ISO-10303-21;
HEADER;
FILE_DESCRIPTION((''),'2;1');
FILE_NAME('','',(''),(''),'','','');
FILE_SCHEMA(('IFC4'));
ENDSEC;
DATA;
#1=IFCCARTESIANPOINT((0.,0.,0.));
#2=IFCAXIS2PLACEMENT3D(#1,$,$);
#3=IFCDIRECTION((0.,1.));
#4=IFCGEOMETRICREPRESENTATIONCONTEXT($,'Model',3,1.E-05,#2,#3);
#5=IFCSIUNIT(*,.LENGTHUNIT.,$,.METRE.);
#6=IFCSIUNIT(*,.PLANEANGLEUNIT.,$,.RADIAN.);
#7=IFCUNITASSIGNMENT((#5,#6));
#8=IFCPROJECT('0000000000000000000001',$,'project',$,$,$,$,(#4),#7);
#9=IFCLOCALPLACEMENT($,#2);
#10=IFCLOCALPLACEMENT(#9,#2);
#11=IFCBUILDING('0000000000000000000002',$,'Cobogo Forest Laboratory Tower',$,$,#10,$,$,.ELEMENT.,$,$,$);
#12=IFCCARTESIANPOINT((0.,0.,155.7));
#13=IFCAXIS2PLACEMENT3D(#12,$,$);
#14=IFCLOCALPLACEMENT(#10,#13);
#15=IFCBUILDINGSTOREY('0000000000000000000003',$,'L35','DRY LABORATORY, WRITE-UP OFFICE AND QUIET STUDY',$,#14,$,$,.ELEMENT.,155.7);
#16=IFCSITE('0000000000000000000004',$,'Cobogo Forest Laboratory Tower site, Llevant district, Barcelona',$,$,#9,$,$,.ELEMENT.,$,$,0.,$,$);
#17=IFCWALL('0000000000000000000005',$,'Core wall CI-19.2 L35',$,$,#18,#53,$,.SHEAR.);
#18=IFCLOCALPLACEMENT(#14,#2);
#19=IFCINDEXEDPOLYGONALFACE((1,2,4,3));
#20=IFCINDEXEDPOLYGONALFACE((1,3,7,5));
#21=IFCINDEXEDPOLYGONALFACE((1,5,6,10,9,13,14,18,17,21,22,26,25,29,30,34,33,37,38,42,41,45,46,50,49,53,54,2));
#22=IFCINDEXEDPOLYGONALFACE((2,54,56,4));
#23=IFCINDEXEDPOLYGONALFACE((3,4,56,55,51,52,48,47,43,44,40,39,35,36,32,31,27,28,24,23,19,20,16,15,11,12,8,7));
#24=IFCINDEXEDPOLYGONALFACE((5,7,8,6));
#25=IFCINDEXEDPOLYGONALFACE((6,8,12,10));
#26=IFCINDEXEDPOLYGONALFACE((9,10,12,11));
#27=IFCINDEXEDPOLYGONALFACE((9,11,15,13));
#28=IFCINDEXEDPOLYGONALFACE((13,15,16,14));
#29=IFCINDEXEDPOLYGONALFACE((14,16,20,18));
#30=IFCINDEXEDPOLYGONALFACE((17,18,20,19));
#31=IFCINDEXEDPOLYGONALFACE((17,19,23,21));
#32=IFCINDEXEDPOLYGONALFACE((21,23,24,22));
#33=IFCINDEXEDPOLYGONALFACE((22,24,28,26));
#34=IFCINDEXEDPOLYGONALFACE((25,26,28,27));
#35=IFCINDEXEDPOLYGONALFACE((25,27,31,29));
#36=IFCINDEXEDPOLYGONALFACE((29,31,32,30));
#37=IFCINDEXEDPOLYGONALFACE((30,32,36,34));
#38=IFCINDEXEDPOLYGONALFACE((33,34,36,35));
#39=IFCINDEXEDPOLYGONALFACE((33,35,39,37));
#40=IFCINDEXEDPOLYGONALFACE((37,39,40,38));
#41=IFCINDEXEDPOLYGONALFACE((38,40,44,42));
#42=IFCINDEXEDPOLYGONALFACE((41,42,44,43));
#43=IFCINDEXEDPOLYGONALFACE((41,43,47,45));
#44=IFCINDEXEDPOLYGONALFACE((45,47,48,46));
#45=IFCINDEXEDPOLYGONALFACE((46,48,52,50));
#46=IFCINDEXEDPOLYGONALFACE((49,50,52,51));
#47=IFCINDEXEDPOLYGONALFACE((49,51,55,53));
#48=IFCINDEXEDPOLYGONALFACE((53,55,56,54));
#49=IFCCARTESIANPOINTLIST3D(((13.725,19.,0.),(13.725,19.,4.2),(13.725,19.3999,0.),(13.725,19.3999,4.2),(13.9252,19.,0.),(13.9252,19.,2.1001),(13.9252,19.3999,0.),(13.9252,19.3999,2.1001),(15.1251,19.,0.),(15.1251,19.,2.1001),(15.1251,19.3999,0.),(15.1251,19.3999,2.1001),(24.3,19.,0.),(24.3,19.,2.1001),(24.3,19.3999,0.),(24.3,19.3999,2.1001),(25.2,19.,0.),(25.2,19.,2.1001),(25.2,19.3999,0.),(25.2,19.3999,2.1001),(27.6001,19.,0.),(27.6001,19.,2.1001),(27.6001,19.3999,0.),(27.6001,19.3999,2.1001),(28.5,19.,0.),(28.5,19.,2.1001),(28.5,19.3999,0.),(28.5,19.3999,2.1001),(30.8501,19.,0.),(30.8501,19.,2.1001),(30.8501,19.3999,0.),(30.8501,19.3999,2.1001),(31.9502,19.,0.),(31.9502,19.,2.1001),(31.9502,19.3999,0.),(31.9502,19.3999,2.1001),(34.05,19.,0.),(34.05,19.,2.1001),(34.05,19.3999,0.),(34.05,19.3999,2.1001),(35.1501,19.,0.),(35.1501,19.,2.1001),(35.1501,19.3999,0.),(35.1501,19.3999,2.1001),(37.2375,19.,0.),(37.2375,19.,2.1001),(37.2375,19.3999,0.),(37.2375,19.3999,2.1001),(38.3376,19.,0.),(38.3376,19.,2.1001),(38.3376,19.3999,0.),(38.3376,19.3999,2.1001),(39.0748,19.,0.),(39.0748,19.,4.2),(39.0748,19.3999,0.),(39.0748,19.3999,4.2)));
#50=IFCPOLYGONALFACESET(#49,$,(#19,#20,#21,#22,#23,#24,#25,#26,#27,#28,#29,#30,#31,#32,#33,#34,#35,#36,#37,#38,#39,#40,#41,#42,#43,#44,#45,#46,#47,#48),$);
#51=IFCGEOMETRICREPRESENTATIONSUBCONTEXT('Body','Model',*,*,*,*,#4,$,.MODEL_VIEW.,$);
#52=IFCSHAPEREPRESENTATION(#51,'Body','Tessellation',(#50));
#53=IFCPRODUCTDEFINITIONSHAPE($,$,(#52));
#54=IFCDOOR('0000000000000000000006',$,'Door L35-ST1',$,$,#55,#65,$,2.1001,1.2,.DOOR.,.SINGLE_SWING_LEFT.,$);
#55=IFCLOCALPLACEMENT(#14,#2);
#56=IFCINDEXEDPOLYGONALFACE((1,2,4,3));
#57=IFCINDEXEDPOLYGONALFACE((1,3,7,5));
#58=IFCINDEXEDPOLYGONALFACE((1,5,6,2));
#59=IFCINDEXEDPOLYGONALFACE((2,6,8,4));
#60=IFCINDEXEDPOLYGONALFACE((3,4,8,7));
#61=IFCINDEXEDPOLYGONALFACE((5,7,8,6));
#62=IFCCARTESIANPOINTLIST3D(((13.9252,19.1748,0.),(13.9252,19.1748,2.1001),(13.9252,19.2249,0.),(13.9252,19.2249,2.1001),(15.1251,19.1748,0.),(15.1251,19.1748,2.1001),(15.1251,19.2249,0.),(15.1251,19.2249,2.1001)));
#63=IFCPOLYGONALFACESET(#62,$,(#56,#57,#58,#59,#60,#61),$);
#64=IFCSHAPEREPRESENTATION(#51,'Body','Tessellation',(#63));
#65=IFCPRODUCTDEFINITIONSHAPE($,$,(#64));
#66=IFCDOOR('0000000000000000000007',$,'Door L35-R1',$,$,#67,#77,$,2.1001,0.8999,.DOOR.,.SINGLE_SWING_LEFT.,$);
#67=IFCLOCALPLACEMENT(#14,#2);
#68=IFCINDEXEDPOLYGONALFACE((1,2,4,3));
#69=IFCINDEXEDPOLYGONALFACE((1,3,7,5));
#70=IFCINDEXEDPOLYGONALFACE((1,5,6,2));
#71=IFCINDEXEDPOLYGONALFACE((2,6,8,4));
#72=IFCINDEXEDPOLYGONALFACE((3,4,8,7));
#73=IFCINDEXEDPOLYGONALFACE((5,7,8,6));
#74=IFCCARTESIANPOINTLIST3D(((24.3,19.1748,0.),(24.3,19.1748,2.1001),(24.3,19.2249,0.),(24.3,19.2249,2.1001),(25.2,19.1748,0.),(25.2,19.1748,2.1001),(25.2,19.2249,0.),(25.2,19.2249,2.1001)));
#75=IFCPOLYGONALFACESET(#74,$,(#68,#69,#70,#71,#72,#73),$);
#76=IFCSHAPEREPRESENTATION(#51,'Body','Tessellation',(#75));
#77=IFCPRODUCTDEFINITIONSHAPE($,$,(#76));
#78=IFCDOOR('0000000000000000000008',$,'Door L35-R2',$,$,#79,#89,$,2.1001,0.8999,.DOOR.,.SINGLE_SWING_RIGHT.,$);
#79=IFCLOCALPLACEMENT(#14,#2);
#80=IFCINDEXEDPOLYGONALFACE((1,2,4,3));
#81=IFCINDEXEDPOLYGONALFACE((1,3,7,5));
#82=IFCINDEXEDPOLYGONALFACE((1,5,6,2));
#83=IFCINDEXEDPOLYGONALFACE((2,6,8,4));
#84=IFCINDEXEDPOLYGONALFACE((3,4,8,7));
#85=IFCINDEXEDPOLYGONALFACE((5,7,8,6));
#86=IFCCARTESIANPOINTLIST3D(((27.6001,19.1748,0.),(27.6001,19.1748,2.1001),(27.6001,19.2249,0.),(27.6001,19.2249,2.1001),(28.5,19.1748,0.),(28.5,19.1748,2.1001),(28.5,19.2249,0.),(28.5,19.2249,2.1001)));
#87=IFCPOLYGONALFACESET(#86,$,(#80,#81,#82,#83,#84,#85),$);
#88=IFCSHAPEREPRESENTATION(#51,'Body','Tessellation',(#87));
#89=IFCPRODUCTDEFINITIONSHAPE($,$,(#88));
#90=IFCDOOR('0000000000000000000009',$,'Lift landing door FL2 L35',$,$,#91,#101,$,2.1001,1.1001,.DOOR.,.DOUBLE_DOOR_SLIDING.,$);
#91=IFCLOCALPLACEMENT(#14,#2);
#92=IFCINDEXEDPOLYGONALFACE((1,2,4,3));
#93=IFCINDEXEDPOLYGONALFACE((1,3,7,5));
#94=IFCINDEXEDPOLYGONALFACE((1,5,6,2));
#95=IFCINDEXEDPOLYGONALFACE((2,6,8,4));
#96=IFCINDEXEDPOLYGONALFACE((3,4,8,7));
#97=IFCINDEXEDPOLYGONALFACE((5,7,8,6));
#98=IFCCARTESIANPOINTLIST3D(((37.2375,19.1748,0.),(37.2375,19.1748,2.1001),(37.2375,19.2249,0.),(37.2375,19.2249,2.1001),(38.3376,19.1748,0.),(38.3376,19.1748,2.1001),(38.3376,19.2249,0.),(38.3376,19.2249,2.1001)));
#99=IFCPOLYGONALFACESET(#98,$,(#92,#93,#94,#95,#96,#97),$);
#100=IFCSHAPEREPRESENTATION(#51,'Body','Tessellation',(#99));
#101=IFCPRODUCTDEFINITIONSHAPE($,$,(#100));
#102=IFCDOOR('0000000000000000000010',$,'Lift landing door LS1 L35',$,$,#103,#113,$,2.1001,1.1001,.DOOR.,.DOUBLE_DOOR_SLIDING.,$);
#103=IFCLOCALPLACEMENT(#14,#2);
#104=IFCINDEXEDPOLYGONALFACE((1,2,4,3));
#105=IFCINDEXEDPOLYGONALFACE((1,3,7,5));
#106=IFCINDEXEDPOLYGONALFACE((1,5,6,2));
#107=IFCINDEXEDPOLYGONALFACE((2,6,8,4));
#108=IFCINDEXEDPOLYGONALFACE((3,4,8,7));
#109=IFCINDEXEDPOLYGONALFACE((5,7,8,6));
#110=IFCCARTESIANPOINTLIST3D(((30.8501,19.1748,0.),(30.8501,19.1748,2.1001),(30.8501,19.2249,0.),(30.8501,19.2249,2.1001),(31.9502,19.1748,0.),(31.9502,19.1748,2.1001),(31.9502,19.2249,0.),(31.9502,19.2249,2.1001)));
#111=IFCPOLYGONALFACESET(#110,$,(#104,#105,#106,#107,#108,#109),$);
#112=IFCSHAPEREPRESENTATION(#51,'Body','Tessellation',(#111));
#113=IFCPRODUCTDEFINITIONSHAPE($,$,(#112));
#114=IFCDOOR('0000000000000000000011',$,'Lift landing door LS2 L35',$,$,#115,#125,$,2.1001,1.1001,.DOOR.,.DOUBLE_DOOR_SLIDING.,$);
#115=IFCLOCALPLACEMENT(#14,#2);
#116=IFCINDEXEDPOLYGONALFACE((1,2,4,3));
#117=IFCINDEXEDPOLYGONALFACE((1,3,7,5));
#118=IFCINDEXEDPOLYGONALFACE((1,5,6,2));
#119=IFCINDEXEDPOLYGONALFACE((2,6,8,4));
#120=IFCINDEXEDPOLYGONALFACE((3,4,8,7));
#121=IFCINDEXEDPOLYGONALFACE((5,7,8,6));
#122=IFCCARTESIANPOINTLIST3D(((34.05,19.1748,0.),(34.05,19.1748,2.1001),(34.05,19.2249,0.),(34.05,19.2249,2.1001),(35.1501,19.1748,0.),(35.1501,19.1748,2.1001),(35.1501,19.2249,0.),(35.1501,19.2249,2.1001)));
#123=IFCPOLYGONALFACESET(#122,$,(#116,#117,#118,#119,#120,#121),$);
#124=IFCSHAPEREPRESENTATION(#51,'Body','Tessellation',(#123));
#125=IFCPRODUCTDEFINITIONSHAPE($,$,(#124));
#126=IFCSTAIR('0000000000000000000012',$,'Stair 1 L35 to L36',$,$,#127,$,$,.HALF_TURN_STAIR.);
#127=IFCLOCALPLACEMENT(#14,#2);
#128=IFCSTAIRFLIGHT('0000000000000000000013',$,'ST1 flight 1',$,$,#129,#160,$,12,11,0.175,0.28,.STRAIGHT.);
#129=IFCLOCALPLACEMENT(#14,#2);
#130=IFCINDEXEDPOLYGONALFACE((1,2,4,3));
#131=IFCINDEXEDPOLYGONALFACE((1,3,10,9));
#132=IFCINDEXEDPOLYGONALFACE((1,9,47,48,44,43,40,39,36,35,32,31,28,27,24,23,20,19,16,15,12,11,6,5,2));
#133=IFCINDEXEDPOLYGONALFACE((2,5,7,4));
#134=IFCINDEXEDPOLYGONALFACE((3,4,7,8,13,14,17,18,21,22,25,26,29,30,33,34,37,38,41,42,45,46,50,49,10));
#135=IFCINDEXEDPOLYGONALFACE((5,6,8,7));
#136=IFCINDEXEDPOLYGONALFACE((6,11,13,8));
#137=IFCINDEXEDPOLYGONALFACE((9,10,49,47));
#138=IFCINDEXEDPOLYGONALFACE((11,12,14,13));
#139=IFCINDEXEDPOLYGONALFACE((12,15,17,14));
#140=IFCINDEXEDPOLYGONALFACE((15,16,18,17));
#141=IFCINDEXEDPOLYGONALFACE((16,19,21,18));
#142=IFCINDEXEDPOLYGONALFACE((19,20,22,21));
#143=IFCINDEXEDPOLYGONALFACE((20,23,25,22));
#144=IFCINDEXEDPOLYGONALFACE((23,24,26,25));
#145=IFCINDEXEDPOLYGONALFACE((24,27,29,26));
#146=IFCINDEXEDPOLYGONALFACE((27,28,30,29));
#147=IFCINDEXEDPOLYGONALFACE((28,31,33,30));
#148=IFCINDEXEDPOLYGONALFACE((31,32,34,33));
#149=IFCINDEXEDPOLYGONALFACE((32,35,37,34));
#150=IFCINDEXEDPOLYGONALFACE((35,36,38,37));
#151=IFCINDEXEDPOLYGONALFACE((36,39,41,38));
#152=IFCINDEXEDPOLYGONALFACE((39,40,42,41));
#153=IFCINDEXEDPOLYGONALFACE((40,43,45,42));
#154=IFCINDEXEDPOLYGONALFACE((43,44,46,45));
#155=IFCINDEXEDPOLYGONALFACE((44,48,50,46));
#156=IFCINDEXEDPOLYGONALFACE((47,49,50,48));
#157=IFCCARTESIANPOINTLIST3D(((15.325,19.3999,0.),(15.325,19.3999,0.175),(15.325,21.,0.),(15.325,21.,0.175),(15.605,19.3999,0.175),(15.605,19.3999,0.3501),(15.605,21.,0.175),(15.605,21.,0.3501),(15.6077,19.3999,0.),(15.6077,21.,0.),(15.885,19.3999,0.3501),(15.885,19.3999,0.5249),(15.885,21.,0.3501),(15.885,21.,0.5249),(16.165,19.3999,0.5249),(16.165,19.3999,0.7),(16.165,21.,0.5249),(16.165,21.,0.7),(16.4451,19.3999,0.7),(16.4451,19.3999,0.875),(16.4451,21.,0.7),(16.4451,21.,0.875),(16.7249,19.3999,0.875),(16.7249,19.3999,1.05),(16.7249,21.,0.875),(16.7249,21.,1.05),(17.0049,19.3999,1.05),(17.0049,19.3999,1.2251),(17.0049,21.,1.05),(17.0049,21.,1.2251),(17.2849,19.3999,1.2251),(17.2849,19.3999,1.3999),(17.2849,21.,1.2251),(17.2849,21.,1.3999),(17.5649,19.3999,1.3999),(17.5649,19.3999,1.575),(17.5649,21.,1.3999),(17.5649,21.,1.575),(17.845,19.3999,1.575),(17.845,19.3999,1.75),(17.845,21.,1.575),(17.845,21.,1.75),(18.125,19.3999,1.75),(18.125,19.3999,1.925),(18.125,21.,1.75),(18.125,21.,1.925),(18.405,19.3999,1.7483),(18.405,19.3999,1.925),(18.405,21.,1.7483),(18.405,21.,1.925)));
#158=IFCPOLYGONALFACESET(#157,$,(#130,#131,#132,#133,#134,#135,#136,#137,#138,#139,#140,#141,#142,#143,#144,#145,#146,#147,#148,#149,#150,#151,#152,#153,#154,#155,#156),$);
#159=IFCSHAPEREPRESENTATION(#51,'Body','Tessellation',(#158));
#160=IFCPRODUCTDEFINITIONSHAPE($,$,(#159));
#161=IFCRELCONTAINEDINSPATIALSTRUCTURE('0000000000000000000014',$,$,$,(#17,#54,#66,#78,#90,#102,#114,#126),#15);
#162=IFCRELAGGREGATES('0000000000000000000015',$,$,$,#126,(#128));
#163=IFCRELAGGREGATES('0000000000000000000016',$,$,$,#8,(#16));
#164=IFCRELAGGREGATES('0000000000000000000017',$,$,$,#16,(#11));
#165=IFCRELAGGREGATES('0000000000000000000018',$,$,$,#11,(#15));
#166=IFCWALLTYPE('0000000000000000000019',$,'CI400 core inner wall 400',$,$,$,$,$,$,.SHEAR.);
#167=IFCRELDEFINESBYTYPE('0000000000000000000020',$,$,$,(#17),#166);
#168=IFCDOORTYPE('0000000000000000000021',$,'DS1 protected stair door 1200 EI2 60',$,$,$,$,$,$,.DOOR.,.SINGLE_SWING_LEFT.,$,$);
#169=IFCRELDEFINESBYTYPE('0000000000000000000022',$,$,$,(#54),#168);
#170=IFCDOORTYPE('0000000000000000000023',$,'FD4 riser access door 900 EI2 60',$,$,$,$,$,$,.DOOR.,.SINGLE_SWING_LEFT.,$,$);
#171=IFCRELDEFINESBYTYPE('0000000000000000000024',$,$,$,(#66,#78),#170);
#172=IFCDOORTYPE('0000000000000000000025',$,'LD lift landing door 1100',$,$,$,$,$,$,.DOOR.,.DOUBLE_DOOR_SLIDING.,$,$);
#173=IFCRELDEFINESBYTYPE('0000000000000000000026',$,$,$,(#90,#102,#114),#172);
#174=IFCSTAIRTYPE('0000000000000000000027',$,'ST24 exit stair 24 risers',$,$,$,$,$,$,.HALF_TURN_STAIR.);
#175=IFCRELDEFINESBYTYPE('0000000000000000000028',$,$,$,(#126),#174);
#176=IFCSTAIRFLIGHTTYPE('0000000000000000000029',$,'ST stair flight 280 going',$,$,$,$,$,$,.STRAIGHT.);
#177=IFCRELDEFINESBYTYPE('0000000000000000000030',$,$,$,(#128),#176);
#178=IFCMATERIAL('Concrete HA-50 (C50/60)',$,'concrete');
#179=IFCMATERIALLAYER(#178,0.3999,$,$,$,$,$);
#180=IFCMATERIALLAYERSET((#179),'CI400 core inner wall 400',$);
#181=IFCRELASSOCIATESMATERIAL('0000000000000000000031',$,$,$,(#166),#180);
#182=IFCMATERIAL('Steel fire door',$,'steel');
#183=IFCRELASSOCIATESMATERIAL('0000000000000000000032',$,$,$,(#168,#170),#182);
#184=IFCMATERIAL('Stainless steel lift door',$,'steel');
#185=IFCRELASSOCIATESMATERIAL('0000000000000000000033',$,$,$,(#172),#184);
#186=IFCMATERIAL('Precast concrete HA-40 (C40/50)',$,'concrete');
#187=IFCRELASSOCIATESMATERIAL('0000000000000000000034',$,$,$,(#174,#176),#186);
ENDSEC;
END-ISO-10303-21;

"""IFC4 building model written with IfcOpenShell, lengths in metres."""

from ifc_helpers import new_model, si_unit, direction, frame, frame_2d, origin, place, context, subcontext, project, spatial, polyline, rectangle, outline, extrude, material, layer, layer_set, type_object, element, fill, aggregate, save


model = new_model("IFC4")

# Units and contexts
model_context = context("Model", 3, precision=1e-05, world=origin(), true_north=direction((0.0, 1.0)))
body_context = subcontext(model_context, "Body", "Model", "MODEL_VIEW")
ifc_project = project(units=[si_unit("LENGTHUNIT", "METRE"), si_unit("PLANEANGLEUNIT", "RADIAN")], contexts=[model_context])

# Site, building, storey
site_placement = place(None, origin())
site = spatial("IfcSite", under=ifc_project, at=site_placement, Name="Cobogo Forest Laboratory Tower site, Llevant district, Barcelona", CompositionType="ELEMENT", RefElevation=0.0)
building_placement = place(site_placement, origin())
building = spatial("IfcBuilding", under=site, at=building_placement, Name="Cobogo Forest Laboratory Tower", CompositionType="ELEMENT")
storey_placement = place(building_placement, frame((0.0, 0.0, 155.7)))
storey = spatial("IfcBuildingStorey", under=building, at=storey_placement, Name="L35", Description="DRY LABORATORY, WRITE-UP OFFICE AND QUIET STUDY", CompositionType="ELEMENT", Elevation=155.7)

# Wall, openings, doors
ifc_material_1 = material(Name="Concrete HA-50 (C50/60)", Category="concrete")
ifc_layer = layer(ifc_material_1, 0.3999)
ifc_layer_set = layer_set([ifc_layer], Name="CI400 core inner wall 400")
wall_type = type_object("IfcWallType", Name="CI400 core inner wall 400", PredefinedType="SHEAR", material=ifc_layer_set)
ifc_material_2 = material(Name="Steel fire door", Category="steel")
wall_1_placement = place(storey_placement, frame((13.7251, 19.2, 0.0), z_axis=(0.0, 0.0, 1.0), x_axis=(1.0, 0.0, 0.0)))
wall_1 = element("IfcWall", 1, at=wall_1_placement, inside=storey, type_object=wall_type, Name="Core wall CI-19.2 L35", PredefinedType="SHEAR", context=body_context, shape_type="SweptSolid", body=[
    extrude(rectangle(XDim=25.3499, YDim=0.3999, at=frame_2d((12.6748, 0.0))), origin(), (0.0, 0.0, 1.0), 4.2),
])
opening_1_placement = place(wall_1_placement, frame((10.575, 0.0, 0.0)))
opening_1 = element("IfcOpeningElement", 2, at=opening_1_placement, cuts=wall_1, PredefinedType="OPENING", context=body_context, shape_type="SweptSolid", body=[
    extrude(rectangle(XDim=0.8999, YDim=2.1001, at=frame_2d((0.45, 1.05))), frame((0.0, 0.21, 0.0), z_axis=(0.0, -1.0, 0.0), x_axis=(1.0, 0.0, 0.0)), (0.0, 0.0, 1.0), 0.4199),
])
opening_2_placement = place(wall_1_placement, frame((13.875, 0.0, 0.0)))
opening_2 = element("IfcOpeningElement", 3, at=opening_2_placement, cuts=wall_1, PredefinedType="OPENING", context=body_context, shape_type="SweptSolid", body=[
    extrude(rectangle(XDim=0.8999, YDim=2.1001, at=frame_2d((0.45, 1.05))), frame((0.0, 0.21, 0.0), z_axis=(0.0, -1.0, 0.0), x_axis=(1.0, 0.0, 0.0)), (0.0, 0.0, 1.0), 0.4199),
])
opening_3_placement = place(wall_1_placement, frame((0.2, 0.0, 0.0)))
opening_3 = element("IfcOpeningElement", 4, at=opening_3_placement, cuts=wall_1, PredefinedType="OPENING", context=body_context, shape_type="SweptSolid", body=[
    extrude(rectangle(XDim=1.2, YDim=2.1001, at=frame_2d((0.6001, 1.05))), frame((0.0, 0.21, 0.0), z_axis=(0.0, -1.0, 0.0), x_axis=(1.0, 0.0, 0.0)), (0.0, 0.0, 1.0), 0.4199),
])
opening_4_placement = place(wall_1_placement, frame((23.5125, 0.0, 0.0)))
opening_4 = element("IfcOpeningElement", 5, at=opening_4_placement, cuts=wall_1, PredefinedType="OPENING", context=body_context, shape_type="SweptSolid", body=[
    extrude(rectangle(XDim=1.1001, YDim=2.1001, at=frame_2d((0.55, 1.05))), frame((0.0, 0.21, 0.0), z_axis=(0.0, -1.0, 0.0), x_axis=(1.0, 0.0, 0.0)), (0.0, 0.0, 1.0), 0.4199),
])
opening_5_placement = place(wall_1_placement, frame((17.125, 0.0, 0.0)))
opening_5 = element("IfcOpeningElement", 6, at=opening_5_placement, cuts=wall_1, PredefinedType="OPENING", context=body_context, shape_type="SweptSolid", body=[
    extrude(rectangle(XDim=1.1001, YDim=2.1001, at=frame_2d((0.55, 1.05))), frame((0.0, 0.21, 0.0), z_axis=(0.0, -1.0, 0.0), x_axis=(1.0, 0.0, 0.0)), (0.0, 0.0, 1.0), 0.4199),
])
opening_6_placement = place(wall_1_placement, frame((20.325, 0.0, 0.0)))
opening_6 = element("IfcOpeningElement", 7, at=opening_6_placement, cuts=wall_1, PredefinedType="OPENING", context=body_context, shape_type="SweptSolid", body=[
    extrude(rectangle(XDim=1.1001, YDim=2.1001, at=frame_2d((0.55, 1.05))), frame((0.0, 0.21, 0.0), z_axis=(0.0, -1.0, 0.0), x_axis=(1.0, 0.0, 0.0)), (0.0, 0.0, 1.0), 0.4199),
])
door_type_1 = type_object("IfcDoorType", Name="DS1 protected stair door 1200 EI2 60", OperationType="SINGLE_SWING_LEFT", PredefinedType="DOOR", material=ifc_material_2)
door_1_placement = place(opening_3_placement, origin())
door_1 = element("IfcDoor", 8, at=door_1_placement, inside=storey, type_object=door_type_1, Name="Door L35-ST1", OperationType="SINGLE_SWING_LEFT", OverallHeight=2.1001, OverallWidth=1.2, PredefinedType="DOOR", context=body_context, shape_type="SweptSolid", body=[
    extrude(rectangle(XDim=1.2, YDim=2.1001, at=frame_2d((0.6001, 1.05))), frame((0.0, 0.0249, 0.0), z_axis=(0.0, -1.0, 0.0), x_axis=(1.0, 0.0, 0.0)), (0.0, 0.0, 1.0), 0.05),
])
fill(opening_3, door_1)
door_type_2 = type_object("IfcDoorType", Name="FD4 riser access door 900 EI2 60", OperationType="SINGLE_SWING_LEFT", PredefinedType="DOOR", material=ifc_material_2)
door_2_placement = place(opening_1_placement, origin())
door_2 = element("IfcDoor", 9, at=door_2_placement, inside=storey, type_object=door_type_2, Name="Door L35-R1", OperationType="SINGLE_SWING_LEFT", OverallHeight=2.1001, OverallWidth=0.8999, PredefinedType="DOOR", context=body_context, shape_type="SweptSolid", body=[
    extrude(rectangle(XDim=0.8999, YDim=2.1001, at=frame_2d((0.45, 1.05))), frame((0.0, 0.0249, 0.0), z_axis=(0.0, -1.0, 0.0), x_axis=(1.0, 0.0, 0.0)), (0.0, 0.0, 1.0), 0.05),
])
fill(opening_1, door_2)
door_3_placement = place(opening_2_placement, origin())
door_3 = element("IfcDoor", 10, at=door_3_placement, inside=storey, type_object=door_type_2, Name="Door L35-R2", OperationType="SINGLE_SWING_RIGHT", OverallHeight=2.1001, OverallWidth=0.8999, PredefinedType="DOOR", context=body_context, shape_type="SweptSolid", body=[
    extrude(rectangle(XDim=0.8999, YDim=2.1001, at=frame_2d((0.45, 1.05))), frame((0.0, 0.0249, 0.0), z_axis=(0.0, -1.0, 0.0), x_axis=(1.0, 0.0, 0.0)), (0.0, 0.0, 1.0), 0.05),
])
fill(opening_2, door_3)
ifc_material_3 = material(Name="Stainless steel lift door", Category="steel")
door_type_3 = type_object("IfcDoorType", Name="LD lift landing door 1100", OperationType="DOUBLE_DOOR_SLIDING", PredefinedType="DOOR", material=ifc_material_3)
door_4_placement = place(opening_4_placement, origin())
door_4 = element("IfcDoor", 11, at=door_4_placement, inside=storey, type_object=door_type_3, Name="Lift landing door FL2 L35", OperationType="DOUBLE_DOOR_SLIDING", OverallHeight=2.1001, OverallWidth=1.1001, PredefinedType="DOOR", context=body_context, shape_type="SweptSolid", body=[
    extrude(rectangle(XDim=1.1001, YDim=2.1001, at=frame_2d((0.55, 1.05))), frame((0.0, 0.0249, 0.0), z_axis=(0.0, -1.0, 0.0), x_axis=(1.0, 0.0, 0.0)), (0.0, 0.0, 1.0), 0.05),
])
fill(opening_4, door_4)
door_5_placement = place(opening_5_placement, origin())
door_5 = element("IfcDoor", 12, at=door_5_placement, inside=storey, type_object=door_type_3, Name="Lift landing door LS1 L35", OperationType="DOUBLE_DOOR_SLIDING", OverallHeight=2.1001, OverallWidth=1.1001, PredefinedType="DOOR", context=body_context, shape_type="SweptSolid", body=[
    extrude(rectangle(XDim=1.1001, YDim=2.1001, at=frame_2d((0.55, 1.05))), frame((0.0, 0.0249, 0.0), z_axis=(0.0, -1.0, 0.0), x_axis=(1.0, 0.0, 0.0)), (0.0, 0.0, 1.0), 0.05),
])
fill(opening_5, door_5)
door_6_placement = place(opening_6_placement, origin())
door_6 = element("IfcDoor", 13, at=door_6_placement, inside=storey, type_object=door_type_3, Name="Lift landing door LS2 L35", OperationType="DOUBLE_DOOR_SLIDING", OverallHeight=2.1001, OverallWidth=1.1001, PredefinedType="DOOR", context=body_context, shape_type="SweptSolid", body=[
    extrude(rectangle(XDim=1.1001, YDim=2.1001, at=frame_2d((0.55, 1.05))), frame((0.0, 0.0249, 0.0), z_axis=(0.0, -1.0, 0.0), x_axis=(1.0, 0.0, 0.0)), (0.0, 0.0, 1.0), 0.05),
])
fill(opening_6, door_6)

# Stair, stair flight
ifc_material_4 = material(Name="Precast concrete HA-40 (C40/50)", Category="concrete")
stair_type = type_object("IfcStairType", Name="ST24 exit stair 24 risers", PredefinedType="HALF_TURN_STAIR", material=ifc_material_4)
stair_placement = place(storey_placement, origin())
stair = element("IfcStair", 14, at=stair_placement, inside=storey, type_object=stair_type, Name="Stair 1 L35 to L36", PredefinedType="HALF_TURN_STAIR")
stair_flight_type = type_object("IfcStairFlightType", Name="ST stair flight 280 going", PredefinedType="STRAIGHT", material=ifc_material_4)
stair_flight_1_placement = place(storey_placement, frame((15.325, 20.2, 0.0), z_axis=(0.0, 0.0, 1.0), x_axis=(1.0, 0.0, 0.0)))
stair_flight_1 = element("IfcStairFlight", 15, at=stair_flight_1_placement, type_object=stair_flight_type, Name="ST1 flight 1", NumberOfRisers=12, NumberOfTreads=11, PredefinedType="STRAIGHT", RiserHeight=0.175, TreadLength=0.28, context=body_context, shape_type="SweptSolid", body=[
    extrude(outline(polyline([(0.0, 0.0), (0.0, 0.175), (0.28, 0.175), (0.28, 0.3501), (0.5601, 0.3501), (0.5601, 0.5249), (0.8401, 0.5249), (0.8401, 0.7), (1.1201, 0.7), (1.1201, 0.875), (1.3999, 0.875), (1.3999, 1.05), (1.6799, 1.05), (1.6799, 1.2251), (1.96, 1.2251), (1.96, 1.3999), (2.24, 1.3999), (2.24, 1.575), (2.52, 1.575), (2.52, 1.75), (2.8, 1.75), (2.8, 1.925), (3.0801, 1.925), (3.0801, 2.1001), (3.0801, 1.7483), (0.2827, 0.0), (0.0, 0.0)])), frame((0.0, 0.8, 0.0), z_axis=(0.0, -1.0, 0.0), x_axis=(1.0, 0.0, 0.0)), (0.0, 0.0, 1.0), 1.6001),
])
aggregate(stair, [stair_flight_1])

save(model, "model.ifc")
